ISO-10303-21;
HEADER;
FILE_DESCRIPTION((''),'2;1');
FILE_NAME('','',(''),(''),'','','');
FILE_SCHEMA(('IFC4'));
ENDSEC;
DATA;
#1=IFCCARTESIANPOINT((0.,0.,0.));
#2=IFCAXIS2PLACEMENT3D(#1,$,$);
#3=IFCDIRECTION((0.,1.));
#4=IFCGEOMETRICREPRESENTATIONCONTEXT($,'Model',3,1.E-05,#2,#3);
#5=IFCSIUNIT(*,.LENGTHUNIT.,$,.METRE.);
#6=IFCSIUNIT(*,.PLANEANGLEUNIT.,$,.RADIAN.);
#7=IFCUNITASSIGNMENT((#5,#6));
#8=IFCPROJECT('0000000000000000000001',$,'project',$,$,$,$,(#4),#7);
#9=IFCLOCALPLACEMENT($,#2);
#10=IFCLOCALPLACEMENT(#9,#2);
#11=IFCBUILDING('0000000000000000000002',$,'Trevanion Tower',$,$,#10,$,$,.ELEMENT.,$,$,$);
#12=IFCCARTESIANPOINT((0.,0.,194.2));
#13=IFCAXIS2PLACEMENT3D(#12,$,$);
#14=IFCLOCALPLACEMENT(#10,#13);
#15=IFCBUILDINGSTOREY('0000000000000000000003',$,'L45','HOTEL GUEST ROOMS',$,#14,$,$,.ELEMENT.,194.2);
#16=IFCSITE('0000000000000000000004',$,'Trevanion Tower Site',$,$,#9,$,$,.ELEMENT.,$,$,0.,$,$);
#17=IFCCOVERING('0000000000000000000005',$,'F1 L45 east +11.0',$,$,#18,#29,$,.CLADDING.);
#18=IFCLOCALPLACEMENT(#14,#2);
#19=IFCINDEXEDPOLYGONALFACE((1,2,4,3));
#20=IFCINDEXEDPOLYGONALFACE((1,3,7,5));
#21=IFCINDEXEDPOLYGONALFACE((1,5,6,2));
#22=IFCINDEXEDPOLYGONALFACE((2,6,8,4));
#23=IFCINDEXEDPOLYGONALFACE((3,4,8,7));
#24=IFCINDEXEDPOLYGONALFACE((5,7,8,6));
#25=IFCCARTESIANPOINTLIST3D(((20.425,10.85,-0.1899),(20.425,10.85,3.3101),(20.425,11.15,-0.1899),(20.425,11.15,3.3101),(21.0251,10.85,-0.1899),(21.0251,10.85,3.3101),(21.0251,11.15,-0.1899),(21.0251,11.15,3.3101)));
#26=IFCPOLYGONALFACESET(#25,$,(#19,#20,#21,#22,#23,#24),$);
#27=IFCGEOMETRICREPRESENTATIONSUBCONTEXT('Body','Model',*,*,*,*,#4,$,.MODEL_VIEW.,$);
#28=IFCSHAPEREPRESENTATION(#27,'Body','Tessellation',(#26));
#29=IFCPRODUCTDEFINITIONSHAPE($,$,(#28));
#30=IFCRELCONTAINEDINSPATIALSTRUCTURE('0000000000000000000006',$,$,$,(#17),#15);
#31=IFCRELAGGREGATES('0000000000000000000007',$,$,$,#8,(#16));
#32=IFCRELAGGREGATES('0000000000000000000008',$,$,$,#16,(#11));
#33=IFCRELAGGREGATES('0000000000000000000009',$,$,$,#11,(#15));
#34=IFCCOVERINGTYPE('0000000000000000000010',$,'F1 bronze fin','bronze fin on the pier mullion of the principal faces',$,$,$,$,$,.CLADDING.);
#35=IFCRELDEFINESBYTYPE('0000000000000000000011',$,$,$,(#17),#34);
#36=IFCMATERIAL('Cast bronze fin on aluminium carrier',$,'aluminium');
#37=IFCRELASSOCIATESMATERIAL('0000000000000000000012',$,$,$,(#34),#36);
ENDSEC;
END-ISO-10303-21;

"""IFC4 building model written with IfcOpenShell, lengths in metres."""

from ifc_helpers import new_model, si_unit, direction, frame, origin, origin_2d, place, context, subcontext, project, spatial, rectangle, extrude, material, type_object, element, save


model = new_model("IFC4")

# Units and contexts
model_context = context("Model", 3, precision=1e-05, world=origin(), true_north=direction((0.0, 1.0)))
body_context = subcontext(model_context, "Body", "Model", "MODEL_VIEW")
ifc_project = project(units=[si_unit("LENGTHUNIT", "METRE"), si_unit("PLANEANGLEUNIT", "RADIAN")], contexts=[model_context])

# Site, building, storey
site_placement = place(None, origin())
site = spatial("IfcSite", under=ifc_project, at=site_placement, Name="Trevanion Tower Site", CompositionType="ELEMENT", RefElevation=0.0)
building_placement = place(site_placement, origin())
building = spatial("IfcBuilding", under=site, at=building_placement, Name="Trevanion Tower", CompositionType="ELEMENT")
storey_placement = place(building_placement, frame((0.0, 0.0, 194.2)))
storey = spatial("IfcBuildingStorey", under=building, at=storey_placement, Name="L45", Description="HOTEL GUEST ROOMS", CompositionType="ELEMENT", Elevation=194.2)

# Covering
ifc_material_1 = material(Name="Cast bronze fin on aluminium carrier", Category="aluminium")
covering_type = type_object("IfcCoveringType", Name="F1 bronze fin", Description="bronze fin on the pier mullion of the principal faces", PredefinedType="CLADDING", material=ifc_material_1)
covering_placement = place(storey_placement, frame((20.7251, 11.0, -0.1899), z_axis=(0.0, 0.0, 1.0), x_axis=(0.0, 1.0, 0.0)))
element("IfcCovering", 1, at=covering_placement, inside=storey, type_object=covering_type, Name="F1 L45 east +11.0", PredefinedType="CLADDING", context=body_context, shape_type="SweptSolid", body=[
    extrude(rectangle(XDim=0.3, YDim=0.6001, at=origin_2d()), origin(), (0.0, 0.0, 1.0), 3.5),
])

save(model, "model.ifc")
